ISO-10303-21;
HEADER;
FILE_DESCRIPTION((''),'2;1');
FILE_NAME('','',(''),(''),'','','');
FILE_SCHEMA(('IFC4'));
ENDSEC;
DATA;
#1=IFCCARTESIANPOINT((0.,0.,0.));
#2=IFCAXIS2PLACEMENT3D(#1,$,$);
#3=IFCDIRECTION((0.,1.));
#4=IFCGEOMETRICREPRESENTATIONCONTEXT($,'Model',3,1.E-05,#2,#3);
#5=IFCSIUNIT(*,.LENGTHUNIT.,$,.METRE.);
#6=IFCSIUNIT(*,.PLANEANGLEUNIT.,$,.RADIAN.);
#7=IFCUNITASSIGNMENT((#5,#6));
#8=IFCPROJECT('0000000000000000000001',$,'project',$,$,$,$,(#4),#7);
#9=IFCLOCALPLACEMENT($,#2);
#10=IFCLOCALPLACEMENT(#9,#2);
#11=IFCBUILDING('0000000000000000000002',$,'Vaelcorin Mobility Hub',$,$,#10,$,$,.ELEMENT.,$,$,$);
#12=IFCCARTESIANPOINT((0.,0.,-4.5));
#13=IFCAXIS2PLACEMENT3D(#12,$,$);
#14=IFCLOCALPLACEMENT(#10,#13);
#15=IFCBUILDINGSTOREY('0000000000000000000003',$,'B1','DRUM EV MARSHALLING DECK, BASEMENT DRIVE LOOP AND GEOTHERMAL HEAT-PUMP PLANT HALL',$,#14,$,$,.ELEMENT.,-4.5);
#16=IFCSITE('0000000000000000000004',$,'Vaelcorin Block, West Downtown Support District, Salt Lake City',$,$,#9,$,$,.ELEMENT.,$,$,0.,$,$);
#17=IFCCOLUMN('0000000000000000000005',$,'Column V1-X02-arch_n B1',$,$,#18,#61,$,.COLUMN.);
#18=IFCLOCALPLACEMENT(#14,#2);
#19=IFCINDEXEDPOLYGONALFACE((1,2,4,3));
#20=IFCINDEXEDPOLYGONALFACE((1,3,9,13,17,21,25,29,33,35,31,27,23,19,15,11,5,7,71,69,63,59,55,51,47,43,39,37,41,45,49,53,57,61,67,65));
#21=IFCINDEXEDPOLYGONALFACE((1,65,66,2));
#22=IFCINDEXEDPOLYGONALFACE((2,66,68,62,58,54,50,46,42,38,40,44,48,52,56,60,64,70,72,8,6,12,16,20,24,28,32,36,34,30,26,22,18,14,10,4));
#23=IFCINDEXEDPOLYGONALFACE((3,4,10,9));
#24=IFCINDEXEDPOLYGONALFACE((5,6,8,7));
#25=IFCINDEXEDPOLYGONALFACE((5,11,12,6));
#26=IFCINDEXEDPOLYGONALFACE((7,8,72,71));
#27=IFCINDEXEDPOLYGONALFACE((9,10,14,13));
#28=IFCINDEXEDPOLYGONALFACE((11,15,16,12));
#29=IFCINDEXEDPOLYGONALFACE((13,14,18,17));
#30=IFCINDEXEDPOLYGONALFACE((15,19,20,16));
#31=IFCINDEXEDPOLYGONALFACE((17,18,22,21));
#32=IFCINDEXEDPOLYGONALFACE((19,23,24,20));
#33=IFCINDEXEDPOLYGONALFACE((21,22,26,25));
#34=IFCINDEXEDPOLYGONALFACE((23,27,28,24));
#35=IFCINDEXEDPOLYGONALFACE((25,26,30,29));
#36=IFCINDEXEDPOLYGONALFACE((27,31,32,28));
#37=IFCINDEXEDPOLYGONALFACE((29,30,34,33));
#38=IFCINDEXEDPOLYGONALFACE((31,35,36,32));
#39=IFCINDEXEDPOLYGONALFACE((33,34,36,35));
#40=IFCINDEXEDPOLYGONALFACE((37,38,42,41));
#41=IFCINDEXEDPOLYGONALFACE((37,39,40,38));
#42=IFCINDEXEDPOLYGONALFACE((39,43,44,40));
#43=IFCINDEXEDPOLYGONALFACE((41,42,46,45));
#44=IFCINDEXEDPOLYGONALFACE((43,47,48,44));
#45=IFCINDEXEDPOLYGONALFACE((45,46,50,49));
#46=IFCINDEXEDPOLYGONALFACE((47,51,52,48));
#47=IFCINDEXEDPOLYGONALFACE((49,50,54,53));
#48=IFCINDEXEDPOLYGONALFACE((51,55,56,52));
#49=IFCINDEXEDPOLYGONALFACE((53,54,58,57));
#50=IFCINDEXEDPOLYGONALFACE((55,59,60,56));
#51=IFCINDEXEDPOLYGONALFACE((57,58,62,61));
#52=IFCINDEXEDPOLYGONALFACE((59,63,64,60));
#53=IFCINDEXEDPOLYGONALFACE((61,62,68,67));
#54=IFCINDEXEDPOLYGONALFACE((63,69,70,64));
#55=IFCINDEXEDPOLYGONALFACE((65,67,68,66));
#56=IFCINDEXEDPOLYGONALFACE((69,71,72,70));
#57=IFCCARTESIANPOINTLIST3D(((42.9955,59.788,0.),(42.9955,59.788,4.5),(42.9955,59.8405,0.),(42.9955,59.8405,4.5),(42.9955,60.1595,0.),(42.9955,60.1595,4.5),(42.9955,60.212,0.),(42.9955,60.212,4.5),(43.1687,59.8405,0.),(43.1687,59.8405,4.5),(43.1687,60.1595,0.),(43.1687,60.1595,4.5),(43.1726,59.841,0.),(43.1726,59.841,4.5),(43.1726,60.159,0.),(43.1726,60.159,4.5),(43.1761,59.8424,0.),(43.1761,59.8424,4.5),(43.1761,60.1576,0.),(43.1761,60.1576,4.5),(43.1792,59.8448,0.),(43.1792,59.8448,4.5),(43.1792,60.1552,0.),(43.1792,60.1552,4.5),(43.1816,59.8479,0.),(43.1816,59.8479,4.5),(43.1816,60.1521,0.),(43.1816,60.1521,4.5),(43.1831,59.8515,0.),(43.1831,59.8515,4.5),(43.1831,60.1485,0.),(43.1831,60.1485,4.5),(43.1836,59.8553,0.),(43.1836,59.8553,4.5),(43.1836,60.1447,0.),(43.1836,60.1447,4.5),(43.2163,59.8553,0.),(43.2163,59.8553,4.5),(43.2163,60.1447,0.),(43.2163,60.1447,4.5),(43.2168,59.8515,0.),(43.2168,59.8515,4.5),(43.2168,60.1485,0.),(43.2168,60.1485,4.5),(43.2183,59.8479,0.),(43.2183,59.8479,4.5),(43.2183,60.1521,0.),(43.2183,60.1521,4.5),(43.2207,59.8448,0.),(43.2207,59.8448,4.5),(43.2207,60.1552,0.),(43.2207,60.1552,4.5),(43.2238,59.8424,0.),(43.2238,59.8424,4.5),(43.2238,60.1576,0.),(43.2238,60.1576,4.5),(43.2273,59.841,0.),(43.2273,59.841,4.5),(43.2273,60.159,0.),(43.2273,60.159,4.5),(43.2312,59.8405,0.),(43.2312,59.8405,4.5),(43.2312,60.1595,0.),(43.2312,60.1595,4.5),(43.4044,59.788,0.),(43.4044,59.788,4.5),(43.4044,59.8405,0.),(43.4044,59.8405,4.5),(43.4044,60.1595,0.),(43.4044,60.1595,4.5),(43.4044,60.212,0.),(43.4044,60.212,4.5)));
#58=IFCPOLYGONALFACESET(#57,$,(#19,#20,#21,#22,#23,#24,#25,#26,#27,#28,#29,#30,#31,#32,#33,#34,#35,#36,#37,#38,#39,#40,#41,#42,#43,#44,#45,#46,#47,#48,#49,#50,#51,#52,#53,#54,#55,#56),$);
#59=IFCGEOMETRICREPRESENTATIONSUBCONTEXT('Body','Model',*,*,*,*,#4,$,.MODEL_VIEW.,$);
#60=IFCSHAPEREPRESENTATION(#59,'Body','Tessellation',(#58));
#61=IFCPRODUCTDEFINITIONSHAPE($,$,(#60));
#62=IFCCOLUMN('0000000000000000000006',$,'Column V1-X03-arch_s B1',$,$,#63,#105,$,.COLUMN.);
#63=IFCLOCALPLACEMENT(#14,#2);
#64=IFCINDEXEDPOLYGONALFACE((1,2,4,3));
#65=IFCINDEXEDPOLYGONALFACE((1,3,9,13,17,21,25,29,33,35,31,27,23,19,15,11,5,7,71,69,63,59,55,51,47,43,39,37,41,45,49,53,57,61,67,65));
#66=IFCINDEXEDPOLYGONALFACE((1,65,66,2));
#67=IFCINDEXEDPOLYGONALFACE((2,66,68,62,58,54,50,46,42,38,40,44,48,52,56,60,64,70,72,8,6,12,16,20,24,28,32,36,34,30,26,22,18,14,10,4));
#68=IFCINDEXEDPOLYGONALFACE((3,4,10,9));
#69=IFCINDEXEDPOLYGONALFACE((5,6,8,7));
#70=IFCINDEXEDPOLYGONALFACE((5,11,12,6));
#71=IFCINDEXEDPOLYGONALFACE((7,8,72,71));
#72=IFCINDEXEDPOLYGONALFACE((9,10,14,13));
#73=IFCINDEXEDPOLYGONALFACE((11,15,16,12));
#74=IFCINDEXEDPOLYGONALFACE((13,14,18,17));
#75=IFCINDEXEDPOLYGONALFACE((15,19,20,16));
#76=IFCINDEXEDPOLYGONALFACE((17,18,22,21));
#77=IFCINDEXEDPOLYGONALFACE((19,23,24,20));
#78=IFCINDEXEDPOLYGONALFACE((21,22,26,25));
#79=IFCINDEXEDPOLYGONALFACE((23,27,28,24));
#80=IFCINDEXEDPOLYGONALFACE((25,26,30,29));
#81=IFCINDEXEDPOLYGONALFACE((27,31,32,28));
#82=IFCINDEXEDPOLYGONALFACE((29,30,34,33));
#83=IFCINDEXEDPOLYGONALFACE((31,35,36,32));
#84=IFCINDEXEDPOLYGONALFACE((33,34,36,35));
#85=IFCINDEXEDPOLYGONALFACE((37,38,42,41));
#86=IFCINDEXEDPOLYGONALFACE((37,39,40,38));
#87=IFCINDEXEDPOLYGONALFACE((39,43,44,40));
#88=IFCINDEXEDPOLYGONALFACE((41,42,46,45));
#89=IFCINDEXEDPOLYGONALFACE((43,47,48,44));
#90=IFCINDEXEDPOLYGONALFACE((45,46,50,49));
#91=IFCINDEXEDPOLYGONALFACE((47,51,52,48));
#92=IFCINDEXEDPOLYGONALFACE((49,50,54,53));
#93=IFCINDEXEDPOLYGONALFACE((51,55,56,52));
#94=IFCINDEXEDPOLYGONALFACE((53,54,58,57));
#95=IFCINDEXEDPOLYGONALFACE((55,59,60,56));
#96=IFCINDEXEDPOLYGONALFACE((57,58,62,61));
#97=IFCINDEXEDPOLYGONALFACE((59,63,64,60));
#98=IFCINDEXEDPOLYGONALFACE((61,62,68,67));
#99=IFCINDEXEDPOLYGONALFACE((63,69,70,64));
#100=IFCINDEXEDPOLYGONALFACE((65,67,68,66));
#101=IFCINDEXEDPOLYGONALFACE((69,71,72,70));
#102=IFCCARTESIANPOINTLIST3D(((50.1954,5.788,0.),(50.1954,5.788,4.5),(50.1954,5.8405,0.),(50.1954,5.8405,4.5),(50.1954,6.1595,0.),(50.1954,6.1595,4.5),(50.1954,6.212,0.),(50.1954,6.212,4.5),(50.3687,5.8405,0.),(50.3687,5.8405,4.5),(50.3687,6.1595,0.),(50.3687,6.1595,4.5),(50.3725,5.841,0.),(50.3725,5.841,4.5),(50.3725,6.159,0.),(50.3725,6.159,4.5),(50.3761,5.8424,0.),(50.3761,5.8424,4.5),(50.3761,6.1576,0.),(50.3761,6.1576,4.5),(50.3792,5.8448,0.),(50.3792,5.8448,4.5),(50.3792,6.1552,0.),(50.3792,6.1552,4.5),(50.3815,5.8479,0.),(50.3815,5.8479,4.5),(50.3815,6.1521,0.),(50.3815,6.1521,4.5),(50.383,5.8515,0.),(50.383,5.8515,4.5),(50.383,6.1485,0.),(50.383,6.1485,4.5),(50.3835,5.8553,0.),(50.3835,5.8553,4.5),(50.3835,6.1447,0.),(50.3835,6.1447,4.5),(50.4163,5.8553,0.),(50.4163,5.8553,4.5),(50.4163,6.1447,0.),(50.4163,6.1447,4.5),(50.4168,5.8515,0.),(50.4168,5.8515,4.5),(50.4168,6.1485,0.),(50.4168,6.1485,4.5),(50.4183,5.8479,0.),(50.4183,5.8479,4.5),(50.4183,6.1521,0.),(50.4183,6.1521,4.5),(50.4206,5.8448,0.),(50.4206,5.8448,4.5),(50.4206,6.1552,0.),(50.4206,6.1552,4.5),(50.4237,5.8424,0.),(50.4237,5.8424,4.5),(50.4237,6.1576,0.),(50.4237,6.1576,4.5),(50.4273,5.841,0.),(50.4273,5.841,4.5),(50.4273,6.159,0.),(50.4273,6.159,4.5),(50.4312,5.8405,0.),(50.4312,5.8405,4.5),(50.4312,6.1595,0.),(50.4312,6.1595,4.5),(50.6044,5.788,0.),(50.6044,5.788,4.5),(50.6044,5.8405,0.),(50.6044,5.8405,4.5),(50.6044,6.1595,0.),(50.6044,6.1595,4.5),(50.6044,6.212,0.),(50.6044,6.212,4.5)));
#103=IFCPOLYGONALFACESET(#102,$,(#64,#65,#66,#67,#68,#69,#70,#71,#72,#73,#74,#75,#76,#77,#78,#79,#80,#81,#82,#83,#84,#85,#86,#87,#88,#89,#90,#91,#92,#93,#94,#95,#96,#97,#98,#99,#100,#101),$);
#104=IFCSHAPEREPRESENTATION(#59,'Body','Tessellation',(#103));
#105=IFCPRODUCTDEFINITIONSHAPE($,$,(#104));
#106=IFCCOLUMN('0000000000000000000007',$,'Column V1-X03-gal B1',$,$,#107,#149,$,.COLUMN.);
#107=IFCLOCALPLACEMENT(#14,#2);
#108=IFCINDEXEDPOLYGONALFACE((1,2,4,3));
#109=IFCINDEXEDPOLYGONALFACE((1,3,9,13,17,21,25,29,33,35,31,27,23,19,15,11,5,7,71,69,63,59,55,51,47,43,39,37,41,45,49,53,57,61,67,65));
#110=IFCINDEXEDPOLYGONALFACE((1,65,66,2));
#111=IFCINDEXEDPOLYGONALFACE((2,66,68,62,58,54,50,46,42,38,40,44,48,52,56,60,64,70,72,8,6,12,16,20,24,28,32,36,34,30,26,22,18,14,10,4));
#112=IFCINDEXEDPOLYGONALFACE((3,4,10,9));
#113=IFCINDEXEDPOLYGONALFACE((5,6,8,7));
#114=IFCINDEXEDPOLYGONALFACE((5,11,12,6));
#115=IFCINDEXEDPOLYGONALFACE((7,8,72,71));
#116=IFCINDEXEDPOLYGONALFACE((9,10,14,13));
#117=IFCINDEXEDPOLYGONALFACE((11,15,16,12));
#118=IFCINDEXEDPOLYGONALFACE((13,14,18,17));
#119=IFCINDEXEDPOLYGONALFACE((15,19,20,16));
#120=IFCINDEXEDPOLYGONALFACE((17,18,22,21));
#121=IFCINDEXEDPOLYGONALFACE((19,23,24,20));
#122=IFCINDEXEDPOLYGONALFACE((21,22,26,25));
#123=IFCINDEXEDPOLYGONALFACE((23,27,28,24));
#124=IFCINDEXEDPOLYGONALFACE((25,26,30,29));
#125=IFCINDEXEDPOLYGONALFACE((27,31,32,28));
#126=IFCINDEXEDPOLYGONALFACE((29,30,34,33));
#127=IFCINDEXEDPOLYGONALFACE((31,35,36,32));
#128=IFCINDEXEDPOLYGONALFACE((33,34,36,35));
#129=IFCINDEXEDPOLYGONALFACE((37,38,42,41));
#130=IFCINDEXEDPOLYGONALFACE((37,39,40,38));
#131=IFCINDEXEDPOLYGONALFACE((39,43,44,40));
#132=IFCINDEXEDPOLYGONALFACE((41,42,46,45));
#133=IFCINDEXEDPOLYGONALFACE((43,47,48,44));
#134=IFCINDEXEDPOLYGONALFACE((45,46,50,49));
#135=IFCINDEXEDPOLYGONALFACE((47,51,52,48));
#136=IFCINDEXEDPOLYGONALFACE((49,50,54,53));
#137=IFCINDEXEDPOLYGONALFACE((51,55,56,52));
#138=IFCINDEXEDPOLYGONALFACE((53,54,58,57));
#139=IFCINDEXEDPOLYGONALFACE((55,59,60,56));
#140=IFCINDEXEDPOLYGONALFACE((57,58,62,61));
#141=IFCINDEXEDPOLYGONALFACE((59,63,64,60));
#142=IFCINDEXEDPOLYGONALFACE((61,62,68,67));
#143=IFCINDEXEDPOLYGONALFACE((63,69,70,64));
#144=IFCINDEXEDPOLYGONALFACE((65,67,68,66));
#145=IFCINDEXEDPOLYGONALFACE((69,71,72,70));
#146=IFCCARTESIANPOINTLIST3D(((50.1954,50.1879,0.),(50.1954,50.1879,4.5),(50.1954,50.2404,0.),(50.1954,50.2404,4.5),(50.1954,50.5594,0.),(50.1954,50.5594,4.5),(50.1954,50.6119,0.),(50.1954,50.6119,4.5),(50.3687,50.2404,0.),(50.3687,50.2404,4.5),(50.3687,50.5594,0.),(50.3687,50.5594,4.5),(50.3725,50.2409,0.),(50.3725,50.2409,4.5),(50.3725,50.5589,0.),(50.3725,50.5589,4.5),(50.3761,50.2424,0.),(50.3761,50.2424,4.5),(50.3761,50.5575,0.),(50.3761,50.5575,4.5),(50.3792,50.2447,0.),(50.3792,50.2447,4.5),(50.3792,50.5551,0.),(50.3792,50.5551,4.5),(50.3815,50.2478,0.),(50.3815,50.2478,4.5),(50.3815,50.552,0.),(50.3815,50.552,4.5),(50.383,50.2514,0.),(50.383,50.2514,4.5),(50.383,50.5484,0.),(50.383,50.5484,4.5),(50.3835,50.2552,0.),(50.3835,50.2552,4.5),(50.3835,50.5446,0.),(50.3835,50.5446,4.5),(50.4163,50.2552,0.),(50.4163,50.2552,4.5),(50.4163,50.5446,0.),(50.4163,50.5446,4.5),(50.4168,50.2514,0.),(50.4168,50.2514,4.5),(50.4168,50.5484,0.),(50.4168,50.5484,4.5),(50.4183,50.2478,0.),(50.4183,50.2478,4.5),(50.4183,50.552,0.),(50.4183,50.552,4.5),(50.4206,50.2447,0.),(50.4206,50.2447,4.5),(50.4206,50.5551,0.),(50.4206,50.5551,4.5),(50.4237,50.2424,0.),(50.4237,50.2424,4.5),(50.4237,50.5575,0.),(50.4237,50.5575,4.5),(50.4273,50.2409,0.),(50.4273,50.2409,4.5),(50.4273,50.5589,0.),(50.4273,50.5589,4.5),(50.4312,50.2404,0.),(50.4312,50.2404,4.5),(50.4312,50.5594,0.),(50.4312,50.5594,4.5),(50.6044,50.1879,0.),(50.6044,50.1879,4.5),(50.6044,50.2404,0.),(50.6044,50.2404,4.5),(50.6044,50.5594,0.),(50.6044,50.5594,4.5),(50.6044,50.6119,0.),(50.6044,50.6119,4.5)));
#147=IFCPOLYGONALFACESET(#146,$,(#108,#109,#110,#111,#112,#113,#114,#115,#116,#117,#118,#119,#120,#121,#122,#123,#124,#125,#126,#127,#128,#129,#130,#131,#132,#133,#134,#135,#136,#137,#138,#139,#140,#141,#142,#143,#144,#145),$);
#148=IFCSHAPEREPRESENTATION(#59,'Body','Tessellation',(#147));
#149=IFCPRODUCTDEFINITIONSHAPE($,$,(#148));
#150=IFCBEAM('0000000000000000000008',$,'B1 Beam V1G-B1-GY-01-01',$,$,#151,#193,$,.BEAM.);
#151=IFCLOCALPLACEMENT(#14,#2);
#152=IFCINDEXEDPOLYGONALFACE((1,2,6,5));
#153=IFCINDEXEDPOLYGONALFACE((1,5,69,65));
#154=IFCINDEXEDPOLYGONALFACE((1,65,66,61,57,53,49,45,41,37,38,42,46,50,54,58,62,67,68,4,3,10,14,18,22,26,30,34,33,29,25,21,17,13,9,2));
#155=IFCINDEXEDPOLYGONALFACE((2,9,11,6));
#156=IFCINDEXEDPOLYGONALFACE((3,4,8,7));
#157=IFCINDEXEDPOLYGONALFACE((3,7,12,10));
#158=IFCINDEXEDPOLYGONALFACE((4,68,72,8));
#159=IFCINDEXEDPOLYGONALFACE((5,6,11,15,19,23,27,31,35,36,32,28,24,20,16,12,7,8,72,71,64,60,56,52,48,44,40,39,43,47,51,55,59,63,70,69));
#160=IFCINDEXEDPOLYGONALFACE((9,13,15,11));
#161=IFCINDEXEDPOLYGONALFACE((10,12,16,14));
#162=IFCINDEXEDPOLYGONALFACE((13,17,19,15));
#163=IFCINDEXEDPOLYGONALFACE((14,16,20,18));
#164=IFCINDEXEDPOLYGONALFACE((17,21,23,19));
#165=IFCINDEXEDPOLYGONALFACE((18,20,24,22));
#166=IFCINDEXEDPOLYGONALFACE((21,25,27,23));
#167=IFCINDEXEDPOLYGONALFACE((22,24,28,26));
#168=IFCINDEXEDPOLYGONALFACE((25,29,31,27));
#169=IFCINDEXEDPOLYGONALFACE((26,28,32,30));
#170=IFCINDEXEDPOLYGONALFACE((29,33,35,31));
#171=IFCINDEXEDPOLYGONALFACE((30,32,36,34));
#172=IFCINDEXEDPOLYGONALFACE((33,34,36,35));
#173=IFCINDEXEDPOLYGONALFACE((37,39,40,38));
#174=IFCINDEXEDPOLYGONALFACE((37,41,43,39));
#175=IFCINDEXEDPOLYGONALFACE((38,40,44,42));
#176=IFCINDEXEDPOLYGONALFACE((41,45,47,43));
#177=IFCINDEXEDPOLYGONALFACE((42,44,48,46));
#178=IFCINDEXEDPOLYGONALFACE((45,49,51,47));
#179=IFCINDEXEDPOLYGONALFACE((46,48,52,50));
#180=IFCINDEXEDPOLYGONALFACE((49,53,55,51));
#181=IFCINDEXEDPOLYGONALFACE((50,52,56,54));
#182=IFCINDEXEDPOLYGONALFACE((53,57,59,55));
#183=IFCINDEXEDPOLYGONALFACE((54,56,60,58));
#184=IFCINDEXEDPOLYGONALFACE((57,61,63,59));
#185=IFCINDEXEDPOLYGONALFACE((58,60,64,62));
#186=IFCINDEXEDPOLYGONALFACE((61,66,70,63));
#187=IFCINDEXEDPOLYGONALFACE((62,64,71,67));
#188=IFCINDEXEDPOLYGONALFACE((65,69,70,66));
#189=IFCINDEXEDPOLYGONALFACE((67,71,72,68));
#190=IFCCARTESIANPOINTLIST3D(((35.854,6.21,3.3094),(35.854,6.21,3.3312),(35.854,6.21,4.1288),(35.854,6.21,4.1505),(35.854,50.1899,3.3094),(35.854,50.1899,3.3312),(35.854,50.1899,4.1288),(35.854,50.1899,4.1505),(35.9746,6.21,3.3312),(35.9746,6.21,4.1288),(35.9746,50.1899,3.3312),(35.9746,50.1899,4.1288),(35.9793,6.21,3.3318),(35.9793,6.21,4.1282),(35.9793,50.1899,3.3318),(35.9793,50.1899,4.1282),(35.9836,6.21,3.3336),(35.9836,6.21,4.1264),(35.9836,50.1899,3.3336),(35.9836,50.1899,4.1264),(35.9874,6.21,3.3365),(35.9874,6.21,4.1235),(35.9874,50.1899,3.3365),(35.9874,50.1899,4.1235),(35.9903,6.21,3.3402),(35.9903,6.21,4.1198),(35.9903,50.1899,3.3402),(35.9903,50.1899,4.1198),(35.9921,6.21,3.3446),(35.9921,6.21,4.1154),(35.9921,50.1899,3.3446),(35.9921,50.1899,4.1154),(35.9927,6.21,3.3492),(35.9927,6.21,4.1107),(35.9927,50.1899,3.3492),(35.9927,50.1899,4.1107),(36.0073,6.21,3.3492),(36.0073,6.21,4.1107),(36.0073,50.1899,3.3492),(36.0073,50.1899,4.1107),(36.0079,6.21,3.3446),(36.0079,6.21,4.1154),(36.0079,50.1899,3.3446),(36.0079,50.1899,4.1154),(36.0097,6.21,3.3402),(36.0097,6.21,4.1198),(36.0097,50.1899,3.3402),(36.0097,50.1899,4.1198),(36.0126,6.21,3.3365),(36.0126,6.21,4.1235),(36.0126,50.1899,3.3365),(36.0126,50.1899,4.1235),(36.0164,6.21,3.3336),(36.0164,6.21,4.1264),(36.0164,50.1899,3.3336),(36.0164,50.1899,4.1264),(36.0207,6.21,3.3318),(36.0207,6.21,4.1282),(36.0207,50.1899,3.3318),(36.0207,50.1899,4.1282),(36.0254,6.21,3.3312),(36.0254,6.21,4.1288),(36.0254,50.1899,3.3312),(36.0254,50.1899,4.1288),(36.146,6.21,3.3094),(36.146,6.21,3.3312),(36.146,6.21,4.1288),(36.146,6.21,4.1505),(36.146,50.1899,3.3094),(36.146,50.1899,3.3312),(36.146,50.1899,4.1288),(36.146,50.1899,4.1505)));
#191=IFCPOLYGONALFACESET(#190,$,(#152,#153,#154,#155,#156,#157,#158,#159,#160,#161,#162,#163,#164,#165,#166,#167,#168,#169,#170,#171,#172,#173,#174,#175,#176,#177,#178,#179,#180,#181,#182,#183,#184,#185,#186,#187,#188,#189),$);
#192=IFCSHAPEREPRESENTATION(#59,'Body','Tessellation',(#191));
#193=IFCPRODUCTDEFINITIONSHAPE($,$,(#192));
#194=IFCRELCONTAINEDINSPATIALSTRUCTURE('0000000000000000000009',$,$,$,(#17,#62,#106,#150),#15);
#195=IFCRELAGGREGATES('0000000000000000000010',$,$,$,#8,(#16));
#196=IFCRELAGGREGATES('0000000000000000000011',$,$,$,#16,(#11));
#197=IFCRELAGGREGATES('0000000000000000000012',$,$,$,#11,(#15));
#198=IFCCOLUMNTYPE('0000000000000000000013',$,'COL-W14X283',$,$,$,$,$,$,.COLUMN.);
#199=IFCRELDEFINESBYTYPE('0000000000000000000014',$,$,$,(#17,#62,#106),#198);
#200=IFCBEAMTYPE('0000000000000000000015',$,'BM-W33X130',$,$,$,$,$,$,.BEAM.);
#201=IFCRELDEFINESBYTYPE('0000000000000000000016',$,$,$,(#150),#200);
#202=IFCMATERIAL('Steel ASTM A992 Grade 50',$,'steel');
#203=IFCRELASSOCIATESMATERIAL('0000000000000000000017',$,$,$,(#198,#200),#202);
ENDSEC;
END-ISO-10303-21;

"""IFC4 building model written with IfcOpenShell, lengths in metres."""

from ifc_helpers import new_model, si_unit, direction, frame, origin, origin_2d, place, context, subcontext, project, spatial, i_section, extrude, material, material_profile, profile_set, type_object, element, save


model = new_model("IFC4")

# Units and contexts
model_context = context("Model", 3, precision=1e-05, world=origin(), true_north=direction((0.0, 1.0)))
body_context = subcontext(model_context, "Body", "Model", "MODEL_VIEW")
ifc_project = project(units=[si_unit("LENGTHUNIT", "METRE"), si_unit("PLANEANGLEUNIT", "RADIAN")], contexts=[model_context])

# Site, building, storey
site_placement = place(None, origin())
site = spatial("IfcSite", under=ifc_project, at=site_placement, Name="Vaelcorin Block, West Downtown Support District, Salt Lake City", CompositionType="ELEMENT", RefElevation=0.0)
building_placement = place(site_placement, origin())
building = spatial("IfcBuilding", under=site, at=building_placement, Name="Vaelcorin Mobility Hub", CompositionType="ELEMENT")
storey_placement = place(building_placement, frame((0.0, 0.0, -4.5)))
storey = spatial("IfcBuildingStorey", under=building, at=storey_placement, Name="B1", Description="DRUM EV MARSHALLING DECK, BASEMENT DRIVE LOOP AND GEOTHERMAL HEAT-PUMP PLANT HALL", CompositionType="ELEMENT", Elevation=-4.5)

# Columns
ifc_material_1 = material(Name="Steel ASTM A992 Grade 50", Category="steel")
ifc_material_profile_1 = material_profile(ifc_material_1, i_section(OverallWidth=0.4089, OverallDepth=0.4241, WebThickness=0.0327, FlangeThickness=0.0525, FilletRadius=0.0149, at=origin_2d()), Name="W14X283")
ifc_profile_set_1 = profile_set([ifc_material_profile_1], Name="Steel ASTM A992 Grade 50")
column_type = type_object("IfcColumnType", Name="COL-W14X283", PredefinedType="COLUMN", material=ifc_profile_set_1)
for number, where, z_axis, x_axis, name in (
    (1, (43.2, 60.0, 0.0), (0.0, 0.0, 1.0), (1.0, 0.0, 0.0), "Column V1-X02-arch_n B1"),
    (2, (50.3999, 6.0, 0.0), (0.0, 0.0, 1.0), (1.0, 0.0, 0.0), "Column V1-X03-arch_s B1"),
    (3, (50.3999, 50.3999, 0.0), (0.0, 0.0, 1.0), (1.0, 0.0, 0.0), "Column V1-X03-gal B1"),
):
    element("IfcColumn", number, at=place(storey_placement, frame(where, z_axis=z_axis, x_axis=x_axis)), inside=storey, type_object=column_type, Name=name, PredefinedType="COLUMN", context=body_context, shape_type="SweptSolid", body=[
        extrude(i_section(OverallWidth=0.4089, OverallDepth=0.4241, WebThickness=0.0327, FlangeThickness=0.0525, FilletRadius=0.0149, at=origin_2d()), origin(), (0.0, 0.0, 1.0), 4.5),
    ])

# Beam
ifc_material_profile_2 = material_profile(ifc_material_1, i_section(OverallWidth=0.292, OverallDepth=0.8411, WebThickness=0.0146, FlangeThickness=0.0217, FilletRadius=0.0181, at=origin_2d()), Name="W33X130")
ifc_profile_set_2 = profile_set([ifc_material_profile_2], Name="Steel ASTM A992 Grade 50")
beam_type_1 = type_object("IfcBeamType", Name="BM-W33X130", PredefinedType="BEAM", material=ifc_profile_set_2)
beam_1_placement = place(storey_placement, frame((36.0, 6.21, 3.73), z_axis=(0.0, 1.0, 0.0), x_axis=(-1.0, 0.0, 0.0)))
element("IfcBeam", 4, at=beam_1_placement, inside=storey, type_object=beam_type_1, Name="B1 Beam V1G-B1-GY-01-01", PredefinedType="BEAM", context=body_context, shape_type="SweptSolid", body=[
    extrude(i_section(OverallWidth=0.292, OverallDepth=0.8411, WebThickness=0.0146, FlangeThickness=0.0217, FilletRadius=0.0181, at=origin_2d()), origin(), (0.0, 0.0, 1.0), 43.98),
])

save(model, "model.ifc")
